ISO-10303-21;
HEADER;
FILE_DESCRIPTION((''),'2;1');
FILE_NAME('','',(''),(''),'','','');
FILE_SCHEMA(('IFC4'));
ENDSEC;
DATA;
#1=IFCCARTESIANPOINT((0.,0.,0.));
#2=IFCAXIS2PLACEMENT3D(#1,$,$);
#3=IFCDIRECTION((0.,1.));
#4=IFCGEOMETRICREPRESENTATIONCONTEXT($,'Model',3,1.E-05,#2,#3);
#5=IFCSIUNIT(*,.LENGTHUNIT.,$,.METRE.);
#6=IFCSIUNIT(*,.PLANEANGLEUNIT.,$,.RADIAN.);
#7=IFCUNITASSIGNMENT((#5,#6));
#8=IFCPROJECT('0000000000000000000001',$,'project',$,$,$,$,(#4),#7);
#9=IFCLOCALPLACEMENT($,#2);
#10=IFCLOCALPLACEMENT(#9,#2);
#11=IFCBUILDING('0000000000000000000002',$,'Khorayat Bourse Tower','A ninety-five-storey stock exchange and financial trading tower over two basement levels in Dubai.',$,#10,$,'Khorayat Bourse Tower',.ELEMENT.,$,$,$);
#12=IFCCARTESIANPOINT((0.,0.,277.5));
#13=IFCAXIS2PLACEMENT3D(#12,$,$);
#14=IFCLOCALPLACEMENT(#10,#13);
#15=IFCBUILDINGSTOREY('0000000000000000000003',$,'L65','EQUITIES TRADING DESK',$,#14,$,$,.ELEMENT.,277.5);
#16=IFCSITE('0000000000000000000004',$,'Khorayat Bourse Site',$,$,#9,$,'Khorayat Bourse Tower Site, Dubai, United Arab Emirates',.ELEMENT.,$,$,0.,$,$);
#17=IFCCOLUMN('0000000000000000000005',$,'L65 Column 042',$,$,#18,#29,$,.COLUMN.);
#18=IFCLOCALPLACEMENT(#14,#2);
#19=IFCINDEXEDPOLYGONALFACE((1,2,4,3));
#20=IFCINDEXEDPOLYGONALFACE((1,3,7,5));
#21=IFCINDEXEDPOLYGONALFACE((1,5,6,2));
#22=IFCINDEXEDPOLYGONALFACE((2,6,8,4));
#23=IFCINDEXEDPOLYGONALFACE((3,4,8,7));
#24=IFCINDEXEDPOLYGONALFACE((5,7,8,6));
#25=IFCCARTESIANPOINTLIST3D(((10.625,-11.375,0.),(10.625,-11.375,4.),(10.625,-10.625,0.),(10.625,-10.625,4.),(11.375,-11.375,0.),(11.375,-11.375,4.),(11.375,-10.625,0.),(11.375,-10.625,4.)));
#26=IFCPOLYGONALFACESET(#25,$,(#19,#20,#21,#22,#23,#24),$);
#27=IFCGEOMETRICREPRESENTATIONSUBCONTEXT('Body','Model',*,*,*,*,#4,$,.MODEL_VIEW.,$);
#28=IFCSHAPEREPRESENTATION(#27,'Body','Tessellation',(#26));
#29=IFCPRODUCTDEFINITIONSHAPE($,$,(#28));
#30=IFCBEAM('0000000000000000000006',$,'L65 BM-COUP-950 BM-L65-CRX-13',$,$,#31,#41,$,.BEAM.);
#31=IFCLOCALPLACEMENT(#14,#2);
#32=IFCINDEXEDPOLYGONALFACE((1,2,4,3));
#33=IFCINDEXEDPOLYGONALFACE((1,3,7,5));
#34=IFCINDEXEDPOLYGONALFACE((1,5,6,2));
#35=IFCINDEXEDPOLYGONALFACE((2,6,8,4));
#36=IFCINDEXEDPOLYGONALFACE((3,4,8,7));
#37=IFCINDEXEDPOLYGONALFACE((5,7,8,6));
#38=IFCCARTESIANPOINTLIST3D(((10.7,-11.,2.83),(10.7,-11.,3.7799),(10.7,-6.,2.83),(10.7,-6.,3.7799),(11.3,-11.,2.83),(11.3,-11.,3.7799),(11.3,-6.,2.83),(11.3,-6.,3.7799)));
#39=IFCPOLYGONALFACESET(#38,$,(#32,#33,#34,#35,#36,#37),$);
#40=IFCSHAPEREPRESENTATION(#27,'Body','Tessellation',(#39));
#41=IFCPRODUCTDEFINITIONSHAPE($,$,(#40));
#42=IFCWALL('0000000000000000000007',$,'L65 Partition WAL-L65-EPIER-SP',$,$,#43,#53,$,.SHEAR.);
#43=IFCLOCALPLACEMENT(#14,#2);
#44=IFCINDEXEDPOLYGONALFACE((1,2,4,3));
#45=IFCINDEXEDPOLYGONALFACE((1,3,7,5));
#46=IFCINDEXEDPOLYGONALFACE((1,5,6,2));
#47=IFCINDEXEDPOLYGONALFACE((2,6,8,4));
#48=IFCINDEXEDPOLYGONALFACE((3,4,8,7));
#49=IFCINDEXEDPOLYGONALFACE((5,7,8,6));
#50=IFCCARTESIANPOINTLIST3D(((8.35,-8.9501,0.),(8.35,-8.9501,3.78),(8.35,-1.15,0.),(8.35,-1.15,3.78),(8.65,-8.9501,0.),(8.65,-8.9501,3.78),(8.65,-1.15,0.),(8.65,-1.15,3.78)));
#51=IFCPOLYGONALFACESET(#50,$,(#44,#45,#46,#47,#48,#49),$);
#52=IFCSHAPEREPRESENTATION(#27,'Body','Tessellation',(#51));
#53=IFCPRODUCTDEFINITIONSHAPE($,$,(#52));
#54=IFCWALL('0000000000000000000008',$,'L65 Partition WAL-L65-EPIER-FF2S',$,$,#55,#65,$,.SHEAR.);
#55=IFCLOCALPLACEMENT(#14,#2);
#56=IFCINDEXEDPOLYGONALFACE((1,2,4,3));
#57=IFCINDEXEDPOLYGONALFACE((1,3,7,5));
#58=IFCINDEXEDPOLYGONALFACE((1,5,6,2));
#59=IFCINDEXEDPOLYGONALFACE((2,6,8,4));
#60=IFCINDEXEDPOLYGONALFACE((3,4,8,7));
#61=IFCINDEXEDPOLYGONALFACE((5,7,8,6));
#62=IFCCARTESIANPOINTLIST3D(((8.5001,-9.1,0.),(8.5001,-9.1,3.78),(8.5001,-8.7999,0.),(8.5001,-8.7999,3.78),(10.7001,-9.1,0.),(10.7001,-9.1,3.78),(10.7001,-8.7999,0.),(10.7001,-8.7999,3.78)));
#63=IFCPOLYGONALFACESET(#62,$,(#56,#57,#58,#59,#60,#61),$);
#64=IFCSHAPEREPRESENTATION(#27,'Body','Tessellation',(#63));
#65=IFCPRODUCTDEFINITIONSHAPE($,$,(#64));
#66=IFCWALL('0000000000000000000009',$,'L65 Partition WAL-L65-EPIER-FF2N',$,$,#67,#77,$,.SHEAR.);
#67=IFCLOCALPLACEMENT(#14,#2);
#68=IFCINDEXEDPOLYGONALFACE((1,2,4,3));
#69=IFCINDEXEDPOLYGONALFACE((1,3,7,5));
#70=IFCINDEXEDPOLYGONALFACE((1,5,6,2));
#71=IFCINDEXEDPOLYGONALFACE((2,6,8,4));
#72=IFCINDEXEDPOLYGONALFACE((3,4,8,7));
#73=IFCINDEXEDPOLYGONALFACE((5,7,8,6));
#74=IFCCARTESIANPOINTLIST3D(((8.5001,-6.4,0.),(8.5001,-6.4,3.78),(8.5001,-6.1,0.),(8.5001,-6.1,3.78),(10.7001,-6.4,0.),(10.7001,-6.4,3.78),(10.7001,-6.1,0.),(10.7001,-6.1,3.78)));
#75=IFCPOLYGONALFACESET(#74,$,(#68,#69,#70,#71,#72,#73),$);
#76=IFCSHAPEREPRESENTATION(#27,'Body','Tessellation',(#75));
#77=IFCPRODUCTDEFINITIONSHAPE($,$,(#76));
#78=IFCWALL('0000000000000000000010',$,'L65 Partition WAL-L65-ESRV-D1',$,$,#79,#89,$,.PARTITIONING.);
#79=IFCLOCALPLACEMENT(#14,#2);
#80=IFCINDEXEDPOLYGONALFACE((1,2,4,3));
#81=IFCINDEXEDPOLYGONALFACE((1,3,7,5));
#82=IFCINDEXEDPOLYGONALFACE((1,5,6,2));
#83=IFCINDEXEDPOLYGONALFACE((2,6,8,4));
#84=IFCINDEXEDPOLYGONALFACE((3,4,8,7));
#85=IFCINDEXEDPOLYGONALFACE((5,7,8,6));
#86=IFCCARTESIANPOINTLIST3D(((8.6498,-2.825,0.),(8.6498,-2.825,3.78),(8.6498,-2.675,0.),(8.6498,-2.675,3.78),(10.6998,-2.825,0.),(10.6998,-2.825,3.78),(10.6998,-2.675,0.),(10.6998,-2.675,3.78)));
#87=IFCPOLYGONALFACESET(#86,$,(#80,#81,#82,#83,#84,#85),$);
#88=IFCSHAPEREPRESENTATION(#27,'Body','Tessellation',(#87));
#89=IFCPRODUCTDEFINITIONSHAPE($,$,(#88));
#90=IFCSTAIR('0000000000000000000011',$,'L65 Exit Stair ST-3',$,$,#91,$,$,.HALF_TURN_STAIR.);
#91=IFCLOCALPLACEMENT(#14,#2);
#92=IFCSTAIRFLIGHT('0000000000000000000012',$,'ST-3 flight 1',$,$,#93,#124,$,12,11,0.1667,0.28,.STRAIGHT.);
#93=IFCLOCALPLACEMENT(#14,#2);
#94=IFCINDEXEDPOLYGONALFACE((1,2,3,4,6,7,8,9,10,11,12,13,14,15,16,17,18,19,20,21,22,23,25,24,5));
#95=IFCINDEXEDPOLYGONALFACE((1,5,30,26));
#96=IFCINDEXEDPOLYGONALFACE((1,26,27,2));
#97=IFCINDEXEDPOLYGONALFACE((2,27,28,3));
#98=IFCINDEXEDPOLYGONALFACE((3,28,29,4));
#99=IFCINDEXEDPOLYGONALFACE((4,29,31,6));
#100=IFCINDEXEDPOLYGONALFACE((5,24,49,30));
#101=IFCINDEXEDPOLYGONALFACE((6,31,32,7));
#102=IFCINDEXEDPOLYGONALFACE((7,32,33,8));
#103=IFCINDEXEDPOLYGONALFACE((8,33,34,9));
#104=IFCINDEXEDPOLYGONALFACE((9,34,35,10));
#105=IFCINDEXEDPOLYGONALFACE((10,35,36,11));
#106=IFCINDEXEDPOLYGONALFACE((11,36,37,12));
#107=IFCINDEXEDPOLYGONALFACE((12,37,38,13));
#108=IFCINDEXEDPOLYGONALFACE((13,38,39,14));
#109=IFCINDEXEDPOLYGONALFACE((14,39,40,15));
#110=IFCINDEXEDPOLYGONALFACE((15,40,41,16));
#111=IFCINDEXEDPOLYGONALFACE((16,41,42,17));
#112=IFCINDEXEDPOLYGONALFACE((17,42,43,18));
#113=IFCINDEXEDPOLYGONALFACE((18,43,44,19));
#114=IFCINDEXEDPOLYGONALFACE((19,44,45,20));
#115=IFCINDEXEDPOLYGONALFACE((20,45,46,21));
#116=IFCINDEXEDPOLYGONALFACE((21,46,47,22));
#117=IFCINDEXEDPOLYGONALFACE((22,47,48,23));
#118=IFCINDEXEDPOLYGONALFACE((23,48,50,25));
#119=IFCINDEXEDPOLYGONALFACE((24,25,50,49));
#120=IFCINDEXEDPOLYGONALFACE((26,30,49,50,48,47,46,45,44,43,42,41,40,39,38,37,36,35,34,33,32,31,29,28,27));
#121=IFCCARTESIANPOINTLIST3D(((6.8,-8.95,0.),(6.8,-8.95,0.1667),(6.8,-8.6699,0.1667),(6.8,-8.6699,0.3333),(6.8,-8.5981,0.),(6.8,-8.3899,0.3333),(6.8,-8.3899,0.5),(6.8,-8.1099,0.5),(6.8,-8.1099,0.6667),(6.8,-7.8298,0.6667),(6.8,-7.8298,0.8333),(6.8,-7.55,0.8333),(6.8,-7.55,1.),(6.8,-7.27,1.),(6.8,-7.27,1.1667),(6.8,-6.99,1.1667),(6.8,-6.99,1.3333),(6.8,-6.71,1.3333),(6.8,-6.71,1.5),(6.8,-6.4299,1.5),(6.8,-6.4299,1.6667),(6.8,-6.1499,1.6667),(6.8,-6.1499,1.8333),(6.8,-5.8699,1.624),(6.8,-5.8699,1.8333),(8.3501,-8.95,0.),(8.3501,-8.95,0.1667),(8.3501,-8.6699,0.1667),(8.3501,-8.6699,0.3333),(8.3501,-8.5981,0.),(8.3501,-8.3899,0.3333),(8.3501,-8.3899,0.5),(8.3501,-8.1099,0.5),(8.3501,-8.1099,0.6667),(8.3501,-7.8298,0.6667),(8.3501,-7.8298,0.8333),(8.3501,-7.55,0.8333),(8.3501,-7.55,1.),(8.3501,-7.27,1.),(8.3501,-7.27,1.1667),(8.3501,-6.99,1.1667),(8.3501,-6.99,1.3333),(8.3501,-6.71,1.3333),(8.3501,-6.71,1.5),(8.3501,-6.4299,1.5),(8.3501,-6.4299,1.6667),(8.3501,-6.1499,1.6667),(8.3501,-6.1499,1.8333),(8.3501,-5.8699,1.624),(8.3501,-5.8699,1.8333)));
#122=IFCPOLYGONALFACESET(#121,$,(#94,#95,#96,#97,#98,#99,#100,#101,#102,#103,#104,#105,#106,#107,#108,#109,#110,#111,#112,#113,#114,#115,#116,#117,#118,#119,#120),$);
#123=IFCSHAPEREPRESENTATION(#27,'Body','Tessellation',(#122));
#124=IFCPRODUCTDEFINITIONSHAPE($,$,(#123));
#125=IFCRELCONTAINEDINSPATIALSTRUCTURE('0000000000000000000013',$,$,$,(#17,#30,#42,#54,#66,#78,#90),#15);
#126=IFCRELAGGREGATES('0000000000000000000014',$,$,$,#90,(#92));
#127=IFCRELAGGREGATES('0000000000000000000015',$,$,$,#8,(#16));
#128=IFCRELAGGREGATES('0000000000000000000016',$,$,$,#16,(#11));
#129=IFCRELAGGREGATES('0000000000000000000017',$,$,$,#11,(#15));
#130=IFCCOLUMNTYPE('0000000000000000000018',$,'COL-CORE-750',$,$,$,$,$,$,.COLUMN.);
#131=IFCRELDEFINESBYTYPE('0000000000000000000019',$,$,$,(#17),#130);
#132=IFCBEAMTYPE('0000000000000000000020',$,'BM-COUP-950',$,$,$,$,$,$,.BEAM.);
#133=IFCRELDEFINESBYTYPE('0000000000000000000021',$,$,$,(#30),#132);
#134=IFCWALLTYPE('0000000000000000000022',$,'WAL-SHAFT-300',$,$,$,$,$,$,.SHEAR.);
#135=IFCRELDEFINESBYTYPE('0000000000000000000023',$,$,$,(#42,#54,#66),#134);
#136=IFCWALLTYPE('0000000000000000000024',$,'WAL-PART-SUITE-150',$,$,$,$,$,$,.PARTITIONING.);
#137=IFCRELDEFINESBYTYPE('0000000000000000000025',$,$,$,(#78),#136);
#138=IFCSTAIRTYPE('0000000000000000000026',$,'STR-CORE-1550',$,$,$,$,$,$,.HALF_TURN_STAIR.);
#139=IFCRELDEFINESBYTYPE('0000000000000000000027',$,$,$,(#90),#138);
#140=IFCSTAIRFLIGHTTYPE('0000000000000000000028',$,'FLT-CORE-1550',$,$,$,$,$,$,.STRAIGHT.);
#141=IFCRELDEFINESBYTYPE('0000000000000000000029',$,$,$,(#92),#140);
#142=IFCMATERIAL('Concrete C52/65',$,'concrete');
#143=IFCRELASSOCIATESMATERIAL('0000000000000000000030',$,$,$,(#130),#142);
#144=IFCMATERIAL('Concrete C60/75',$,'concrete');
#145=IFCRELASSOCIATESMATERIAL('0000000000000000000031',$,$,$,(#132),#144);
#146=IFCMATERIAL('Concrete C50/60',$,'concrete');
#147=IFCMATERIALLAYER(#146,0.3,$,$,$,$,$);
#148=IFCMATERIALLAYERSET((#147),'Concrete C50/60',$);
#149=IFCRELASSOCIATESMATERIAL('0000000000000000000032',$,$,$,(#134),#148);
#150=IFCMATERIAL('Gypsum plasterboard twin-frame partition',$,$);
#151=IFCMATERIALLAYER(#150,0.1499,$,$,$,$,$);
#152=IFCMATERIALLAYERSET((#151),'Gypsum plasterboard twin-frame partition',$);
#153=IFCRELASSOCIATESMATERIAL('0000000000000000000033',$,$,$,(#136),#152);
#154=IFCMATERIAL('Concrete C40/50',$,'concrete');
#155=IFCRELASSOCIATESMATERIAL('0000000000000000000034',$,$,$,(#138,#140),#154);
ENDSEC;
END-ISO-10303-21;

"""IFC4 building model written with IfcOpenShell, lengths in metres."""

from ifc_helpers import new_model, si_unit, direction, frame, frame_2d, origin, origin_2d, place, context, subcontext, project, spatial, polyline, rectangle, outline, extrude, source, transform, mapped, material, layer, layer_set, material_profile, profile_set, type_object, element, aggregate, save


model = new_model("IFC4")

# Units and contexts
model_context = context("Model", 3, precision=1e-05, world=origin(), true_north=direction((0.0, 1.0)))
body_context = subcontext(model_context, "Body", "Model", "MODEL_VIEW")
ifc_project = project(units=[si_unit("LENGTHUNIT", "METRE"), si_unit("PLANEANGLEUNIT", "RADIAN")], contexts=[model_context])

# Site, building, storey
site_placement = place(None, origin())
site = spatial("IfcSite", under=ifc_project, at=site_placement, Name="Khorayat Bourse Site", LongName="Khorayat Bourse Tower Site, Dubai, United Arab Emirates", CompositionType="ELEMENT", RefElevation=0.0)
building_placement = place(site_placement, origin())
building = spatial("IfcBuilding", under=site, at=building_placement, Name="Khorayat Bourse Tower", Description="A ninety-five-storey stock exchange and financial trading tower over two basement levels in Dubai.", LongName="Khorayat Bourse Tower", CompositionType="ELEMENT")
storey_placement = place(building_placement, frame((0.0, 0.0, 277.5)))
storey = spatial("IfcBuildingStorey", under=building, at=storey_placement, Name="L65", Description="EQUITIES TRADING DESK", CompositionType="ELEMENT", Elevation=277.5)

# Column
ifc_material_1 = material(Name="Concrete C52/65", Category="concrete")
ifc_material_profile_1 = material_profile(ifc_material_1, rectangle(XDim=0.75, YDim=0.75, at=origin_2d()), Name="RC 750x750")
ifc_profile_set_1 = profile_set([ifc_material_profile_1], Name="Concrete C52/65")
column_type = type_object("IfcColumnType", Name="COL-CORE-750", PredefinedType="COLUMN", material=ifc_profile_set_1)
shared_shape_1 = source(origin(), body_context, "Body", "SweptSolid", [
    extrude(rectangle(XDim=0.75, YDim=0.75, at=origin_2d()), origin(), (0.0, 0.0, 1.0), 4.0),
])
column_placement = place(storey_placement, frame((11.0, -11.0, 0.0), z_axis=(0.0, 0.0, 1.0), x_axis=(1.0, 0.0, 0.0)))
element("IfcColumn", 1, at=column_placement, inside=storey, type_object=column_type, Name="L65 Column 042", PredefinedType="COLUMN", context=body_context, shape_type="MappedRepresentation", body=[
    mapped(shared_shape_1, transform((0.0, 0.0, 0.0), scale=1.0)),
])

# Beam
ifc_material_2 = material(Name="Concrete C60/75", Category="concrete")
ifc_material_profile_2 = material_profile(ifc_material_2, rectangle(XDim=0.6001, YDim=0.95, at=origin_2d()), Name="RC 600x950")
ifc_profile_set_2 = profile_set([ifc_material_profile_2], Name="Concrete C60/75")
beam_type = type_object("IfcBeamType", Name="BM-COUP-950", PredefinedType="BEAM", material=ifc_profile_set_2)
shared_shape_2 = source(origin(), body_context, "Body", "SweptSolid", [
    extrude(rectangle(XDim=0.6001, YDim=0.95, at=origin_2d()), origin(), (0.0, 0.0, 1.0), 5.0),
])
beam_placement = place(storey_placement, frame((11.0, -11.0, 3.3049), z_axis=(0.0, 1.0, 0.0), x_axis=(-1.0, 0.0, 0.0)))
element("IfcBeam", 2, at=beam_placement, inside=storey, type_object=beam_type, Name="L65 BM-COUP-950 BM-L65-CRX-13", PredefinedType="BEAM", context=body_context, shape_type="MappedRepresentation", body=[
    mapped(shared_shape_2, transform((0.0, 0.0, 0.0), scale=1.0)),
])

# Walls
ifc_material_3 = material(Name="Concrete C50/60", Category="concrete")
ifc_layer_1 = layer(ifc_material_3, 0.3)
ifc_layer_set_1 = layer_set([ifc_layer_1], Name="Concrete C50/60")
wall_type_1 = type_object("IfcWallType", Name="WAL-SHAFT-300", PredefinedType="SHEAR", material=ifc_layer_set_1)
shared_shape_3 = source(origin(), body_context, "Body", "SweptSolid", [
    extrude(rectangle(XDim=7.8, YDim=0.3, at=frame_2d((3.8999, 0.0))), origin(), (0.0, 0.0, 1.0), 3.78),
])
wall_1_placement = place(storey_placement, frame((8.5, -8.95, 0.0), z_axis=(0.0, 0.0, 1.0), x_axis=(0.0, 1.0, 0.0)))
element("IfcWall", 3, at=wall_1_placement, inside=storey, type_object=wall_type_1, Name="L65 Partition WAL-L65-EPIER-SP", PredefinedType="SHEAR", context=body_context, shape_type="MappedRepresentation", body=[
    mapped(shared_shape_3, transform((0.0, 0.0, 0.0), scale=1.0)),
])
shared_shape_4 = source(origin(), body_context, "Body", "SweptSolid", [
    extrude(rectangle(XDim=2.2, YDim=0.3, at=frame_2d((1.1001, 0.0))), origin(), (0.0, 0.0, 1.0), 3.78),
])
for number, where, z_axis, x_axis, name in (
    (4, (8.5, -8.95, 0.0), (0.0, 0.0, 1.0), (1.0, 0.0, 0.0), "L65 Partition WAL-L65-EPIER-FF2S"),
    (5, (8.5, -6.25, 0.0), (0.0, 0.0, 1.0), (1.0, 0.0, 0.0), "L65 Partition WAL-L65-EPIER-FF2N"),
):
    element("IfcWall", number, at=place(storey_placement, frame(where, z_axis=z_axis, x_axis=x_axis)), inside=storey, type_object=wall_type_1, Name=name, PredefinedType="SHEAR", context=body_context, shape_type="MappedRepresentation", body=[
        mapped(shared_shape_4, transform((0.0, 0.0, 0.0), scale=1.0)),
    ])
ifc_material_4 = material(Name="Gypsum plasterboard twin-frame partition")
ifc_layer_2 = layer(ifc_material_4, 0.1499)
ifc_layer_set_2 = layer_set([ifc_layer_2], Name="Gypsum plasterboard twin-frame partition")
wall_type_2 = type_object("IfcWallType", Name="WAL-PART-SUITE-150", PredefinedType="PARTITIONING", material=ifc_layer_set_2)
shared_shape_5 = source(origin(), body_context, "Body", "SweptSolid", [
    extrude(rectangle(XDim=2.05, YDim=0.1499, at=frame_2d((1.0249, 0.0))), origin(), (0.0, 0.0, 1.0), 3.78),
])
wall_2_placement = place(storey_placement, frame((8.6499, -2.75, 0.0), z_axis=(0.0, 0.0, 1.0), x_axis=(1.0, 0.0, 0.0)))
element("IfcWall", 6, at=wall_2_placement, inside=storey, type_object=wall_type_2, Name="L65 Partition WAL-L65-ESRV-D1", PredefinedType="PARTITIONING", context=body_context, shape_type="MappedRepresentation", body=[
    mapped(shared_shape_5, transform((0.0, 0.0, 0.0), scale=1.0)),
])

# Stair, stair flight
ifc_material_5 = material(Name="Concrete C40/50", Category="concrete")
stair_type = type_object("IfcStairType", Name="STR-CORE-1550", PredefinedType="HALF_TURN_STAIR", material=ifc_material_5)
stair_placement = place(storey_placement, origin())
stair = element("IfcStair", 7, at=stair_placement, inside=storey, type_object=stair_type, Name="L65 Exit Stair ST-3", PredefinedType="HALF_TURN_STAIR")
stair_flight_type = type_object("IfcStairFlightType", Name="FLT-CORE-1550", PredefinedType="STRAIGHT", material=ifc_material_5)
shared_shape_6 = source(origin(), body_context, "Body", "SweptSolid", [
    extrude(outline(polyline([(0.0, 0.0), (0.0, 0.1667), (0.28, 0.1667), (0.28, 0.3333), (0.5601, 0.3333), (0.5601, 0.5), (0.8401, 0.5), (0.8401, 0.6667), (1.1201, 0.6667), (1.1201, 0.8333), (1.3999, 0.8333), (1.3999, 1.0), (1.6799, 1.0), (1.6799, 1.1667), (1.96, 1.1667), (1.96, 1.3333), (2.24, 1.3333), (2.24, 1.5), (2.52, 1.5), (2.52, 1.6667), (2.8, 1.6667), (2.8, 1.8333), (3.0801, 1.8333), (3.0801, 2.0), (3.0801, 1.624), (0.3518, 0.0), (0.0, 0.0)])), frame((0.0, 0.7749, 0.0), z_axis=(0.0, -1.0, 0.0), x_axis=(1.0, 0.0, 0.0)), (0.0, 0.0, 1.0), 1.55),
])
stair_flight_placement = place(storey_placement, frame((7.575, -8.95, 0.0), z_axis=(0.0, 0.0, 1.0), x_axis=(0.0, 1.0, 0.0)))
stair_flight = element("IfcStairFlight", 8, at=stair_flight_placement, type_object=stair_flight_type, Name="ST-3 flight 1", NumberOfRisers=12, NumberOfTreads=11, PredefinedType="STRAIGHT", RiserHeight=0.1667, TreadLength=0.28, context=body_context, shape_type="MappedRepresentation", body=[
    mapped(shared_shape_6, transform((0.0, 0.0, 0.0), scale=1.0)),
])
aggregate(stair, [stair_flight])

save(model, "model.ifc")
